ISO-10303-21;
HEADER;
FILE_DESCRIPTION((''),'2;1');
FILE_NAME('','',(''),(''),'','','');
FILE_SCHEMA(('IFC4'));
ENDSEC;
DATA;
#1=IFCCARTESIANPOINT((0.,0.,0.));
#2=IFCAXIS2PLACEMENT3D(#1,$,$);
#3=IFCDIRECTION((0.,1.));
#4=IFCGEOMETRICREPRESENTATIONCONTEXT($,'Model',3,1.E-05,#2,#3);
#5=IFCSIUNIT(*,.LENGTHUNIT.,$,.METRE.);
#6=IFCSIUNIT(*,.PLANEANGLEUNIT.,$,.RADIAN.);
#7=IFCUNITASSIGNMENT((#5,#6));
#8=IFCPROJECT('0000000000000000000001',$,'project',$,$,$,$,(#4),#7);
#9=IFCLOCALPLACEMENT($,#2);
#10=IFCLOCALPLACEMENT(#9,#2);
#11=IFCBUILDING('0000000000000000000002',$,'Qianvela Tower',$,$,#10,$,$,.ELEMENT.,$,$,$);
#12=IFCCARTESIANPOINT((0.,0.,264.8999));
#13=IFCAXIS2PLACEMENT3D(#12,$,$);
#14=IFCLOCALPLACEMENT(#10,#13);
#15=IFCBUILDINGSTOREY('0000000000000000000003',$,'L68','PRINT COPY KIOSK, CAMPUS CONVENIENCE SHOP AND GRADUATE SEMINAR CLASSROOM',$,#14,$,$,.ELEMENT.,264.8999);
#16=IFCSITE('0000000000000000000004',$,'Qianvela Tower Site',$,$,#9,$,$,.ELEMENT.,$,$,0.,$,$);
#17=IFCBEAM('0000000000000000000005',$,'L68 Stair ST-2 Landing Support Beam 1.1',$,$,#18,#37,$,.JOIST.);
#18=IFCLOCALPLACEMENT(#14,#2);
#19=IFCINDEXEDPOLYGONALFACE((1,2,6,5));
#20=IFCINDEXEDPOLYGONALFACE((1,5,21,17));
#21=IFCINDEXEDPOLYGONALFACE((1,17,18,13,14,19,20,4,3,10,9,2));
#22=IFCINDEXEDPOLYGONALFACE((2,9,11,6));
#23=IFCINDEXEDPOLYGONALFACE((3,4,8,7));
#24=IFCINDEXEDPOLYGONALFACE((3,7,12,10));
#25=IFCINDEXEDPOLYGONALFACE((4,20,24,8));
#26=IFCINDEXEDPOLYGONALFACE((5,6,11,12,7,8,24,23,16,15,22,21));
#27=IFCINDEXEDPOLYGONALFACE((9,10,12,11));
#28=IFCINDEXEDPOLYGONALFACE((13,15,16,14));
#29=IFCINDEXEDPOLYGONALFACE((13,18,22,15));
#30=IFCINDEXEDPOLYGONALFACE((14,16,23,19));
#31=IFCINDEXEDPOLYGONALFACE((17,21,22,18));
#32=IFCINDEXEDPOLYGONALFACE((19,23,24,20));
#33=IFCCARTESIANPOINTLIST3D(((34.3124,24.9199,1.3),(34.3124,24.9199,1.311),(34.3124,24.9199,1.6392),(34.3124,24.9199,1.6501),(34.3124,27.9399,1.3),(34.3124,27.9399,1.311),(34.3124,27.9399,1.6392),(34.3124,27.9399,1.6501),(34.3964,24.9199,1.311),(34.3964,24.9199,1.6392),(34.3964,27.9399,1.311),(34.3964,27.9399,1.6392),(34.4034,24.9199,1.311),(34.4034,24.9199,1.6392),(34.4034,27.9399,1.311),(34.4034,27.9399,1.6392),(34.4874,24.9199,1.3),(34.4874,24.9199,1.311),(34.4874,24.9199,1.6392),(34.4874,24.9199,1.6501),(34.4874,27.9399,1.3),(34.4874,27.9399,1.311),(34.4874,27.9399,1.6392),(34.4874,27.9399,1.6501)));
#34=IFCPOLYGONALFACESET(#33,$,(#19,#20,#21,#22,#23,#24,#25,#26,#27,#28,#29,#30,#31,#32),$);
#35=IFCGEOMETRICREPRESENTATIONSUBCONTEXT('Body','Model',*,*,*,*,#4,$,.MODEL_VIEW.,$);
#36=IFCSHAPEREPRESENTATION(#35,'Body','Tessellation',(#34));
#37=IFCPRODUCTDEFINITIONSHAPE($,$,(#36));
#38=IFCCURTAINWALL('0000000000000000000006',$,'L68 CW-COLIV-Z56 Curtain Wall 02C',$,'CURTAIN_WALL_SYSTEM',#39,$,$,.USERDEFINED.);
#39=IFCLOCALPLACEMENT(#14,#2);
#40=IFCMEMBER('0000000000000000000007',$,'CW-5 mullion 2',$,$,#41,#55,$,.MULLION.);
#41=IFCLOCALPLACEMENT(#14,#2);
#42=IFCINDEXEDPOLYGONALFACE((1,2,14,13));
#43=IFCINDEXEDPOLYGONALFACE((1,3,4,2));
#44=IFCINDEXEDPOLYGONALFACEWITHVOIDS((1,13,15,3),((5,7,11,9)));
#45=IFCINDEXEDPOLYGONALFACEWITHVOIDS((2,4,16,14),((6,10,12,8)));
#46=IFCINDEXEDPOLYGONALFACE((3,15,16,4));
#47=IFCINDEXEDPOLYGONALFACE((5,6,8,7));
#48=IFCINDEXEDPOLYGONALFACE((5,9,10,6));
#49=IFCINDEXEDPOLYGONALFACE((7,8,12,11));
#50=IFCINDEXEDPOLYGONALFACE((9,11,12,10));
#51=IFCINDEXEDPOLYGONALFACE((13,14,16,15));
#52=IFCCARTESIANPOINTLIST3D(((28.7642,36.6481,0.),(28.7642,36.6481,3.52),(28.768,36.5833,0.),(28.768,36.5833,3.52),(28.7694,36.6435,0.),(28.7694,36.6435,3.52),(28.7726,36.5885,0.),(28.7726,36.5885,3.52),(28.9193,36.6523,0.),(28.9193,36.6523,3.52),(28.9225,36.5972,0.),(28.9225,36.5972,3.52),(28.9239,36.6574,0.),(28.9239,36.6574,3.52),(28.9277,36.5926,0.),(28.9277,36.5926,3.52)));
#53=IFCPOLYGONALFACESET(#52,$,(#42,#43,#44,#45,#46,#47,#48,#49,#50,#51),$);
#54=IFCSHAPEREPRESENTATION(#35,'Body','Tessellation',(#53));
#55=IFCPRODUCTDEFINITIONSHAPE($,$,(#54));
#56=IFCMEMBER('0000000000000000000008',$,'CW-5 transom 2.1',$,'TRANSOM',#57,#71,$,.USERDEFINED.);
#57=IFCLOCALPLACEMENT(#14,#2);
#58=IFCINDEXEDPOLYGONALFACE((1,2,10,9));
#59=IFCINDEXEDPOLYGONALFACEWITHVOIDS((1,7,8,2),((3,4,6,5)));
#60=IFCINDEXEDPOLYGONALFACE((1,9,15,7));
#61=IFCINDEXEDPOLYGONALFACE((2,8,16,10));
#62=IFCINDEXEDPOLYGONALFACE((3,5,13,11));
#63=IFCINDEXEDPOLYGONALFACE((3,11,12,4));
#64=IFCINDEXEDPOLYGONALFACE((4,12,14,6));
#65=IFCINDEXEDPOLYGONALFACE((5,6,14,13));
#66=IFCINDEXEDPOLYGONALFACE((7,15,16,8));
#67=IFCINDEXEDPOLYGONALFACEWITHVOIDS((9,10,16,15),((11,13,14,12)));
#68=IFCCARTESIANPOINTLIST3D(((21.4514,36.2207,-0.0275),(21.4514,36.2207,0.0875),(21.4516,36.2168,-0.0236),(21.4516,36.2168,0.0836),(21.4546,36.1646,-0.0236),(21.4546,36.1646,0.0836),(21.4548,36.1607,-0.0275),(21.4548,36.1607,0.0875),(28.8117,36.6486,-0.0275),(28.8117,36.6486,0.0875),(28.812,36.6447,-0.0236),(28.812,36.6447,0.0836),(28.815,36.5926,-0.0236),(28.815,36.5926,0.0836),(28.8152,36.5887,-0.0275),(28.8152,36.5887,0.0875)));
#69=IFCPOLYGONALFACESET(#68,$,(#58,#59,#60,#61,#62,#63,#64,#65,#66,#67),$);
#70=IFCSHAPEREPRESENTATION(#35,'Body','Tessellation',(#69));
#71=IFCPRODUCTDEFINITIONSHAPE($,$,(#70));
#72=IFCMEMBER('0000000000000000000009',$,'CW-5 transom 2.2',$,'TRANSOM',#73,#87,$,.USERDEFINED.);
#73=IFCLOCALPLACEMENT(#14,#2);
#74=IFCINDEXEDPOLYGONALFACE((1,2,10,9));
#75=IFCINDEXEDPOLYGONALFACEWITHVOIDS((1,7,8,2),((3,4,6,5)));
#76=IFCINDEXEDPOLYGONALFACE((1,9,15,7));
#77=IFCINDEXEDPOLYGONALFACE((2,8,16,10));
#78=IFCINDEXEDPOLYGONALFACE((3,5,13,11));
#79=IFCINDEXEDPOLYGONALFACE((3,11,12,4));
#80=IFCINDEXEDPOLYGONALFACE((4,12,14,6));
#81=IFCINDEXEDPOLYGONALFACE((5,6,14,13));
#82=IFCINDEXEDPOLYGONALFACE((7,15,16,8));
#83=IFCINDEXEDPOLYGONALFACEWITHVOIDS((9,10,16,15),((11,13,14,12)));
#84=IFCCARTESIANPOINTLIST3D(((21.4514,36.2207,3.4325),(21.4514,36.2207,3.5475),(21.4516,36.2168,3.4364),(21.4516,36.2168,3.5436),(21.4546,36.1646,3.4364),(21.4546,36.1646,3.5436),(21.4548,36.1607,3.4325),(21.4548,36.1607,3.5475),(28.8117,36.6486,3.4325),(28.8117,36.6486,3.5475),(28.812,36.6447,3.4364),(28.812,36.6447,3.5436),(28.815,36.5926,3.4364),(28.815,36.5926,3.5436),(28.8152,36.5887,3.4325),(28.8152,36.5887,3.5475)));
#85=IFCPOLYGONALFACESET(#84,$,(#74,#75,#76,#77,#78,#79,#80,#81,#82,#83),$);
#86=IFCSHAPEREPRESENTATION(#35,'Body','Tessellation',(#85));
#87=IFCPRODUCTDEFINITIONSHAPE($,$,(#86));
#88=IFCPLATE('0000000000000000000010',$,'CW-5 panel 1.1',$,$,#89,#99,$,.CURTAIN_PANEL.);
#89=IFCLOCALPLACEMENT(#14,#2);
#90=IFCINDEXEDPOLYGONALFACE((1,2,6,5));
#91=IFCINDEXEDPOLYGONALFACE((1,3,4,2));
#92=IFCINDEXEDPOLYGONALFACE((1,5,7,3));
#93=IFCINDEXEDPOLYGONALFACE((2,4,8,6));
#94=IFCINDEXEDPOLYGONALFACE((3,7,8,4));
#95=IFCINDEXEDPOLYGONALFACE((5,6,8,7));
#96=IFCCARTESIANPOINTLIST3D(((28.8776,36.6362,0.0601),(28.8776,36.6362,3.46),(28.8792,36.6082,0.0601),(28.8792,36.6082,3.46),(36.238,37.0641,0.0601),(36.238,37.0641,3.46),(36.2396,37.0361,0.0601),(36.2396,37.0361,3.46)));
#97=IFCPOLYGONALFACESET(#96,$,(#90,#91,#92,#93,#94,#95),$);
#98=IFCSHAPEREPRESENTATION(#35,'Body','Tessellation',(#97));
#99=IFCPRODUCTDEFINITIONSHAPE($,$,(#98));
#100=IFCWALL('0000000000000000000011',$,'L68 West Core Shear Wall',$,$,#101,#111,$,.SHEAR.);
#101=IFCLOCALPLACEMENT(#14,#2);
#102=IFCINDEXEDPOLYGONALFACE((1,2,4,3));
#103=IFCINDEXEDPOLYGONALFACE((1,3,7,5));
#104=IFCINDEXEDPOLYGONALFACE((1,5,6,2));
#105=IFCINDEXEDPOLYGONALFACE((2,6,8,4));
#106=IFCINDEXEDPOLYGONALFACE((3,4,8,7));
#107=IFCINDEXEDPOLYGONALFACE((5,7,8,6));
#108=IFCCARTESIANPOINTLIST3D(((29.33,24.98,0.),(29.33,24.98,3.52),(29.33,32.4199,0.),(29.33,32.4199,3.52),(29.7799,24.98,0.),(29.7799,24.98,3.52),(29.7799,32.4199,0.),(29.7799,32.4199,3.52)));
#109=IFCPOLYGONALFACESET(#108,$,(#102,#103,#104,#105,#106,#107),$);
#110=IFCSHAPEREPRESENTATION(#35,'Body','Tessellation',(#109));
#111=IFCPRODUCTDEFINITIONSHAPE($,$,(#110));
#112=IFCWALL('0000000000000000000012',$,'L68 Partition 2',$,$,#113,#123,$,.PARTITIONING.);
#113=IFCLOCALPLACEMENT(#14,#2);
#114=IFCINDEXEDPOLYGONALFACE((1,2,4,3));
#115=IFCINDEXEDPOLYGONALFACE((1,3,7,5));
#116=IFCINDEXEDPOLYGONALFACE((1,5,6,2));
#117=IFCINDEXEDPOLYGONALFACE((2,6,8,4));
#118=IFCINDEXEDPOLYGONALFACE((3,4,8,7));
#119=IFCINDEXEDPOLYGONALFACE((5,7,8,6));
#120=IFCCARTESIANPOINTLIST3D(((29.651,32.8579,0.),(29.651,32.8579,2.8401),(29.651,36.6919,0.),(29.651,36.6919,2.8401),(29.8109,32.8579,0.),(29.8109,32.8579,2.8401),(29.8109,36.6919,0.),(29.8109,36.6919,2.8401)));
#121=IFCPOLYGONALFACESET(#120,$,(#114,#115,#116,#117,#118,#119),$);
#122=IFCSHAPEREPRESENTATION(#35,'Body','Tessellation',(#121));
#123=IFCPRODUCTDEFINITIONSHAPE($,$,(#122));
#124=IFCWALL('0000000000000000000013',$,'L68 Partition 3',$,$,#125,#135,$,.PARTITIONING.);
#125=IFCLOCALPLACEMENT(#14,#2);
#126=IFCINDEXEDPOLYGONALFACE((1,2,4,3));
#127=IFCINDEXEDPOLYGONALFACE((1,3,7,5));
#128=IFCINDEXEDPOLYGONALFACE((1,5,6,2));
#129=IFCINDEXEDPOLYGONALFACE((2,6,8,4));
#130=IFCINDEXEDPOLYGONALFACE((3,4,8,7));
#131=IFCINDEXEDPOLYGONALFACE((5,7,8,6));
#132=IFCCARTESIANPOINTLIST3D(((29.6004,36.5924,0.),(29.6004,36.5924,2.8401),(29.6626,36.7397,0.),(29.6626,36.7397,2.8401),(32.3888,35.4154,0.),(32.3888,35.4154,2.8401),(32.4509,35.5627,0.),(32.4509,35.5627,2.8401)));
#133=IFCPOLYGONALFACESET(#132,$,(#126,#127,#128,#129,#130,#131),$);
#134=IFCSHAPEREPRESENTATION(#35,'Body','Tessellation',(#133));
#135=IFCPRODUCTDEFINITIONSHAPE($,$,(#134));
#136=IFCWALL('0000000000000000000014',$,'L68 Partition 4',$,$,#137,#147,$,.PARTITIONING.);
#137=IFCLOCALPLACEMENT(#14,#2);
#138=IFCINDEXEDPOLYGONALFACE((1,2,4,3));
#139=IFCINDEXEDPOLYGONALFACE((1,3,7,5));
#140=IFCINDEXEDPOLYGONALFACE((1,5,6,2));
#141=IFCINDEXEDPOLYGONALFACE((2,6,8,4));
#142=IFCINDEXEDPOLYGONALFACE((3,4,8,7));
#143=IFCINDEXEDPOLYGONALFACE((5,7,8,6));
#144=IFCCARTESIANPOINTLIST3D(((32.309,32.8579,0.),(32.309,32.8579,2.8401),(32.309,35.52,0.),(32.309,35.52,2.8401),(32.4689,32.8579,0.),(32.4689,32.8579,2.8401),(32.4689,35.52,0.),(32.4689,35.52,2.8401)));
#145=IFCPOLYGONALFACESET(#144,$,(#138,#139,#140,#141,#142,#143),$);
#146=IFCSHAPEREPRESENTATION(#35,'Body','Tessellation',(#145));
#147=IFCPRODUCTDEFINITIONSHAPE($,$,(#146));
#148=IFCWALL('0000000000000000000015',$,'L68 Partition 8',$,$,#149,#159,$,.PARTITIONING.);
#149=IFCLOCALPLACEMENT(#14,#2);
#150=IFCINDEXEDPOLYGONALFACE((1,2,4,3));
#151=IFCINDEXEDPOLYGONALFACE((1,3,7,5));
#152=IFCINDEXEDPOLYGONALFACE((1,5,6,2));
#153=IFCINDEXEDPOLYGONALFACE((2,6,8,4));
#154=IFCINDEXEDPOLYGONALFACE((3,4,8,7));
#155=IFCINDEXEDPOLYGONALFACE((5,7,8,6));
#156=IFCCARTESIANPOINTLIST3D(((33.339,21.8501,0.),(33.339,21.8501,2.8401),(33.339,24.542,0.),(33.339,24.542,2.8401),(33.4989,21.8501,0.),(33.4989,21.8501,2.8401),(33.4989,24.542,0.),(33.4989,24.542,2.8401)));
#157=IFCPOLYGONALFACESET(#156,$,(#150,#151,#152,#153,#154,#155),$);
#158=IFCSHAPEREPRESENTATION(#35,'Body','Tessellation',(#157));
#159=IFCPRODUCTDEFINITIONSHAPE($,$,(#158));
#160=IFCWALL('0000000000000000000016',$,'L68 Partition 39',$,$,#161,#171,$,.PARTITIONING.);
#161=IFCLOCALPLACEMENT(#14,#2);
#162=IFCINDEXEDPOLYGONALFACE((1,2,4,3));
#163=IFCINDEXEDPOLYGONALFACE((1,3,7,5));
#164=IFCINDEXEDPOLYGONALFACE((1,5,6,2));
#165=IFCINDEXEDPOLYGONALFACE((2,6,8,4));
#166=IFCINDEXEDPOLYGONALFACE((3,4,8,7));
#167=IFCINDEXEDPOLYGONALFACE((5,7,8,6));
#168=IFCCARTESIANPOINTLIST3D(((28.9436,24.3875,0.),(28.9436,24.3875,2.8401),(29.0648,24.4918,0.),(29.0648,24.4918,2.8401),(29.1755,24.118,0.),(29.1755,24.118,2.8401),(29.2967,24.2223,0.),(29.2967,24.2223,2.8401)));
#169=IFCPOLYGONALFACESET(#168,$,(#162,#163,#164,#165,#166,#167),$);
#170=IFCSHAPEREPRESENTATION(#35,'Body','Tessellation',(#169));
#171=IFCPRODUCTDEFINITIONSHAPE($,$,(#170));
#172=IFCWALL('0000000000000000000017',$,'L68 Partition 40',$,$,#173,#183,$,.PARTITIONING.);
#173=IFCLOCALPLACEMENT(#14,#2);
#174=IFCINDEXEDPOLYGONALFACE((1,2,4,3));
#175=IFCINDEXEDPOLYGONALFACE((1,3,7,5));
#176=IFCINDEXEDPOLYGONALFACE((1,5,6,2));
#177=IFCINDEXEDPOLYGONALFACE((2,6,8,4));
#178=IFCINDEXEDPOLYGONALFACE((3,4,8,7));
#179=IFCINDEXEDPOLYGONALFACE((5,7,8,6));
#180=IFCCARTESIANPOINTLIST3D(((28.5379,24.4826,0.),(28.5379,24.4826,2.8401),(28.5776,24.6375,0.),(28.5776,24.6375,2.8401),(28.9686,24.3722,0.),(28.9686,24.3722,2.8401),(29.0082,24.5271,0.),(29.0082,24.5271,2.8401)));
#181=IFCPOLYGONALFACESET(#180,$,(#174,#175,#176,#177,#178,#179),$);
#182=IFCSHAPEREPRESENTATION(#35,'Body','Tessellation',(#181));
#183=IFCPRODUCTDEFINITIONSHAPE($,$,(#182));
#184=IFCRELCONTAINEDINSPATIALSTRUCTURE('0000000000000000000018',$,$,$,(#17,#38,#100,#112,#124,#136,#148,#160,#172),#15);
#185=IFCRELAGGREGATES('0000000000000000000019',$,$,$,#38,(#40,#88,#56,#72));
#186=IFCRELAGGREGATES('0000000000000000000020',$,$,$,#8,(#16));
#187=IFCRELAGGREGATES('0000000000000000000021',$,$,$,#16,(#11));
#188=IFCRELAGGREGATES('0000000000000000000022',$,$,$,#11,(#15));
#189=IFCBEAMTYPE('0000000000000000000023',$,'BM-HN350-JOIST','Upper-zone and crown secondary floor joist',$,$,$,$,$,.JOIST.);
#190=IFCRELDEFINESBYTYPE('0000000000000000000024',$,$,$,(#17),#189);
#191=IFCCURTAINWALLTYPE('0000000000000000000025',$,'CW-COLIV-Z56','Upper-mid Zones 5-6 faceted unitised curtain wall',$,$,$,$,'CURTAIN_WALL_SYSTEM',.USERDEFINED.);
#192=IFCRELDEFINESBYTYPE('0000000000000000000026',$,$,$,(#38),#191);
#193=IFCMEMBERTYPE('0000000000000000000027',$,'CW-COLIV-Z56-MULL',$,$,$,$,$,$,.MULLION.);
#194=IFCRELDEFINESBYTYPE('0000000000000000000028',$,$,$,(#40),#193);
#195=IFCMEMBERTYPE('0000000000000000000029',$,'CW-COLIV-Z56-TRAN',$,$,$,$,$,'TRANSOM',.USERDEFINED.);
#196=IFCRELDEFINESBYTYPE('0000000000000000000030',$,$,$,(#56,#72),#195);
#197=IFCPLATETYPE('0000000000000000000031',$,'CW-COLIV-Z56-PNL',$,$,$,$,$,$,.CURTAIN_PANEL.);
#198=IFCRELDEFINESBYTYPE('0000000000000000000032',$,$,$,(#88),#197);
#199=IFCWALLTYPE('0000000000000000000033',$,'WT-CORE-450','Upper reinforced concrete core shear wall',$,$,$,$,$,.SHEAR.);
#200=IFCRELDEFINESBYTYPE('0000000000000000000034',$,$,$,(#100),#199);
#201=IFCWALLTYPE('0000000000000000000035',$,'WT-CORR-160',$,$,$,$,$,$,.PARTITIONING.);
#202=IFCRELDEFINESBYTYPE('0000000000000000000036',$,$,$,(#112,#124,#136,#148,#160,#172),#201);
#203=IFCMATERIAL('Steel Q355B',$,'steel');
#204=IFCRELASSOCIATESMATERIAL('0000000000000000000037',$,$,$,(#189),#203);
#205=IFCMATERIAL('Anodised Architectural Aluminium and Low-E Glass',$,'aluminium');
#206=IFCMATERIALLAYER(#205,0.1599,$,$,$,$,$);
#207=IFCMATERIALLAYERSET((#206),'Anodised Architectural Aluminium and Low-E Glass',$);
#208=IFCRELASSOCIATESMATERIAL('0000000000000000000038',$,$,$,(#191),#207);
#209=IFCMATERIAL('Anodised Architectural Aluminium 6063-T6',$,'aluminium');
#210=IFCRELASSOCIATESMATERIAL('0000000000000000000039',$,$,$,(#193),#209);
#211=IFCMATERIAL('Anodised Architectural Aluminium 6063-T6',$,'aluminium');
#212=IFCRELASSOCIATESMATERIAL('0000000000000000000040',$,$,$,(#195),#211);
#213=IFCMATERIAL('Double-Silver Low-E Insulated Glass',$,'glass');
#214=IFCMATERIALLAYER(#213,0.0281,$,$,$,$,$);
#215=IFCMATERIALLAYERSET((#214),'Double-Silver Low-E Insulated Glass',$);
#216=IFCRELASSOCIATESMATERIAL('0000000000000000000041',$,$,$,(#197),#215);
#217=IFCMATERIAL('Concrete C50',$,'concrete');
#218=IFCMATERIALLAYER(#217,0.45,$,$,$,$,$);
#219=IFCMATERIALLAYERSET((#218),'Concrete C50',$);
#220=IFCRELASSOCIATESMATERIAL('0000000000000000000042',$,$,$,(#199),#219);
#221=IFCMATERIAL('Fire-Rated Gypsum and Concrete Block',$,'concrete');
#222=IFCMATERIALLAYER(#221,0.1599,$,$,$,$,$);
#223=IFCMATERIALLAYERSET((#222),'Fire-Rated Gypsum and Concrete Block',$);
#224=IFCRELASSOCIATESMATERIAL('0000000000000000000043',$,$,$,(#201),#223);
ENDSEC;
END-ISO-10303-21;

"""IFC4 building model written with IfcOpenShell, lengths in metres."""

from ifc_helpers import new_model, si_unit, direction, frame, frame_2d, origin, origin_2d, place, context, subcontext, project, spatial, rectangle, hollow_rectangle, i_section, extrude, material, layer, layer_set, material_profile, profile_set, type_object, element, aggregate, save


model = new_model("IFC4")

# Units and contexts
model_context = context("Model", 3, precision=1e-05, world=origin(), true_north=direction((0.0, 1.0)))
body_context = subcontext(model_context, "Body", "Model", "MODEL_VIEW")
ifc_project = project(units=[si_unit("LENGTHUNIT", "METRE"), si_unit("PLANEANGLEUNIT", "RADIAN")], contexts=[model_context])

# Site, building, storey
site_placement = place(None, origin())
site = spatial("IfcSite", under=ifc_project, at=site_placement, Name="Qianvela Tower Site", CompositionType="ELEMENT", RefElevation=0.0)
building_placement = place(site_placement, origin())
building = spatial("IfcBuilding", under=site, at=building_placement, Name="Qianvela Tower", CompositionType="ELEMENT")
storey_placement = place(building_placement, frame((0.0, 0.0, 264.8999)))
storey = spatial("IfcBuildingStorey", under=building, at=storey_placement, Name="L68", Description="PRINT COPY KIOSK, CAMPUS CONVENIENCE SHOP AND GRADUATE SEMINAR CLASSROOM", CompositionType="ELEMENT", Elevation=264.8999)

# Beam
ifc_material_1 = material(Name="Steel Q355B", Category="steel")
ifc_material_profile_1 = material_profile(ifc_material_1, i_section(OverallWidth=0.175, OverallDepth=0.3501, WebThickness=0.0071, FlangeThickness=0.011, at=origin_2d()), Name="HN350x175x7x11")
ifc_profile_set_1 = profile_set([ifc_material_profile_1], Name="Steel Q355B")
beam_type = type_object("IfcBeamType", Name="BM-HN350-JOIST", Description="Upper-zone and crown secondary floor joist", PredefinedType="JOIST", material=ifc_profile_set_1)
beam_placement = place(storey_placement, frame((34.3999, 24.9199, 1.4751), z_axis=(0.0, 1.0, 0.0), x_axis=(-1.0, 0.0, 0.0)))
element("IfcBeam", 1, at=beam_placement, inside=storey, type_object=beam_type, Name="L68 Stair ST-2 Landing Support Beam 1.1", PredefinedType="JOIST", context=body_context, shape_type="SweptSolid", body=[
    extrude(i_section(OverallWidth=0.175, OverallDepth=0.3501, WebThickness=0.0071, FlangeThickness=0.011, at=origin_2d()), origin(), (0.0, 0.0, 1.0), 3.02),
])

# Curtain wall, members, plate
ifc_material_2 = material(Name="Anodised Architectural Aluminium and Low-E Glass", Category="aluminium")
ifc_layer_1 = layer(ifc_material_2, 0.1599)
ifc_layer_set_1 = layer_set([ifc_layer_1], Name="Anodised Architectural Aluminium and Low-E Glass")
curtain_wall_type = type_object("IfcCurtainWallType", Name="CW-COLIV-Z56", Description="Upper-mid Zones 5-6 faceted unitised curtain wall", ElementType="CURTAIN_WALL_SYSTEM", PredefinedType="USERDEFINED", material=ifc_layer_set_1)
curtain_wall_placement = place(storey_placement, origin())
curtain_wall = element("IfcCurtainWall", 2, at=curtain_wall_placement, inside=storey, type_object=curtain_wall_type, Name="L68 CW-COLIV-Z56 Curtain Wall 02C", ObjectType="CURTAIN_WALL_SYSTEM", PredefinedType="USERDEFINED")
ifc_material_3 = material(Name="Anodised Architectural Aluminium 6063-T6", Category="aluminium")
ifc_material_profile_2 = material_profile(ifc_material_3, hollow_rectangle(XDim=0.0649, YDim=0.1599, WallThickness=0.0049, at=origin_2d()), Name="ALU-MULL-65x160")
ifc_profile_set_2 = profile_set([ifc_material_profile_2], Name="Anodised Architectural Aluminium 6063-T6")
member_type_1 = type_object("IfcMemberType", Name="CW-COLIV-Z56-MULL", PredefinedType="MULLION", material=ifc_profile_set_2)
member_1_placement = place(storey_placement, frame((28.8459, 36.6204, 0.0), z_axis=(0.0, 0.0, 1.0), x_axis=(0.058037, -0.998314, 0.0)))
member_1 = element("IfcMember", 3, at=member_1_placement, type_object=member_type_1, Name="CW-5 mullion 2", PredefinedType="MULLION", context=body_context, shape_type="SweptSolid", body=[
    extrude(hollow_rectangle(XDim=0.0649, YDim=0.1599, WallThickness=0.0049, at=origin_2d()), origin(), (0.0, 0.0, 1.0), 3.52),
])
ifc_material_4 = material(Name="Anodised Architectural Aluminium 6063-T6", Category="aluminium")
ifc_material_profile_3 = material_profile(ifc_material_4, hollow_rectangle(XDim=0.0601, YDim=0.115, WallThickness=0.0039, at=origin_2d()), Name="ALU-TRAN-60x115")
ifc_profile_set_3 = profile_set([ifc_material_profile_3], Name="Anodised Architectural Aluminium 6063-T6")
member_type_2 = type_object("IfcMemberType", Name="CW-COLIV-Z56-TRAN", ElementType="TRANSOM", PredefinedType="USERDEFINED", material=ifc_profile_set_3)
member_2_placement = place(storey_placement, frame((28.8135, 36.6187, 0.03), z_axis=(-0.998314, -0.058048, 0.0), x_axis=(0.058048, -0.998314, 0.0)))
member_2 = element("IfcMember", 4, at=member_2_placement, type_object=member_type_2, Name="CW-5 transom 2.1", ObjectType="TRANSOM", PredefinedType="USERDEFINED", context=body_context, shape_type="SweptSolid", body=[
    extrude(hollow_rectangle(XDim=0.0601, YDim=0.115, WallThickness=0.0039, at=origin_2d()), origin(), (0.0, 0.0, 1.0), 7.3728),
])
member_3_placement = place(storey_placement, frame((28.8135, 36.6187, 3.49), z_axis=(-0.998314, -0.058048, 0.0), x_axis=(0.058048, -0.998314, 0.0)))
member_3 = element("IfcMember", 5, at=member_3_placement, type_object=member_type_2, Name="CW-5 transom 2.2", ObjectType="TRANSOM", PredefinedType="USERDEFINED", context=body_context, shape_type="SweptSolid", body=[
    extrude(hollow_rectangle(XDim=0.0601, YDim=0.115, WallThickness=0.0039, at=origin_2d()), origin(), (0.0, 0.0, 1.0), 7.3728),
])
ifc_material_5 = material(Name="Double-Silver Low-E Insulated Glass", Category="glass")
ifc_layer_2 = layer(ifc_material_5, 0.0281)
ifc_layer_set_2 = layer_set([ifc_layer_2], Name="Double-Silver Low-E Insulated Glass")
plate_type = type_object("IfcPlateType", Name="CW-COLIV-Z56-PNL", PredefinedType="CURTAIN_PANEL", material=ifc_layer_set_2)
plate_placement = place(storey_placement, frame((32.5586, 36.8362, 0.0601), z_axis=(0.0, 0.0, 1.0), x_axis=(-0.998314, -0.058037, 0.0)))
plate = element("IfcPlate", 6, at=plate_placement, type_object=plate_type, Name="CW-5 panel 1.1", PredefinedType="CURTAIN_PANEL", context=body_context, shape_type="SweptSolid", body=[
    extrude(rectangle(XDim=7.3728, YDim=0.0281, at=origin_2d()), origin(), (0.0, 0.0, 1.0), 3.3999),
])
aggregate(curtain_wall, [member_1, plate, member_2, member_3])

# Shared definitions
ifc_material_6 = material(Name="Concrete C50", Category="concrete")
ifc_layer_3 = layer(ifc_material_6, 0.45)
ifc_layer_set_3 = layer_set([ifc_layer_3], Name="Concrete C50")
wall_type_1 = type_object("IfcWallType", Name="WT-CORE-450", Description="Upper reinforced concrete core shear wall", PredefinedType="SHEAR", material=ifc_layer_set_3)

# Walls
wall_1_placement = place(storey_placement, frame((29.5549, 24.98, 0.0), z_axis=(0.0, 0.0, 1.0), x_axis=(0.0, 1.0, 0.0)))
element("IfcWall", 7, at=wall_1_placement, inside=storey, type_object=wall_type_1, Name="L68 West Core Shear Wall", PredefinedType="SHEAR", context=body_context, shape_type="SweptSolid", body=[
    extrude(rectangle(XDim=7.4399, YDim=0.45, at=frame_2d((3.72, 0.0))), origin(), (0.0, 0.0, 1.0), 3.52),
])
ifc_material_7 = material(Name="Fire-Rated Gypsum and Concrete Block", Category="concrete")
ifc_layer_4 = layer(ifc_material_7, 0.1599)
ifc_layer_set_4 = layer_set([ifc_layer_4], Name="Fire-Rated Gypsum and Concrete Block")
wall_type_2 = type_object("IfcWallType", Name="WT-CORR-160", PredefinedType="PARTITIONING", material=ifc_layer_set_4)
wall_2_placement = place(storey_placement, frame((29.731, 32.8579, 0.0), z_axis=(0.0, 0.0, 1.0), x_axis=(0.0, 1.0, 0.0)))
element("IfcWall", 8, at=wall_2_placement, inside=storey, type_object=wall_type_2, Name="L68 Partition 2", PredefinedType="PARTITIONING", context=body_context, shape_type="SweptSolid", body=[
    extrude(rectangle(XDim=3.834, YDim=0.1599, at=frame_2d((1.917, 0.0))), origin(), (0.0, 0.0, 1.0), 2.8401),
])
wall_3_placement = place(storey_placement, frame((29.6316, 36.666, 0.0), z_axis=(0.0, 0.0, 1.0), x_axis=(0.921284, -0.38889, 0.0)))
element("IfcWall", 9, at=wall_3_placement, inside=storey, type_object=wall_type_2, Name="L68 Partition 3", PredefinedType="PARTITIONING", context=body_context, shape_type="SweptSolid", body=[
    extrude(rectangle(XDim=3.0266, YDim=0.1599, at=frame_2d((1.5132, 0.0))), origin(), (0.0, 0.0, 1.0), 2.8401),
])
wall_4_placement = place(storey_placement, frame((32.3889, 35.52, 0.0), z_axis=(0.0, 0.0, 1.0), x_axis=(0.0, -1.0, 0.0)))
element("IfcWall", 10, at=wall_4_placement, inside=storey, type_object=wall_type_2, Name="L68 Partition 4", PredefinedType="PARTITIONING", context=body_context, shape_type="SweptSolid", body=[
    extrude(rectangle(XDim=2.6621, YDim=0.1599, at=frame_2d((1.3311, 0.0))), origin(), (0.0, 0.0, 1.0), 2.8401),
])
wall_5_placement = place(storey_placement, frame((33.4189, 24.542, 0.0), z_axis=(0.0, 0.0, 1.0), x_axis=(0.0, -1.0, 0.0)))
element("IfcWall", 11, at=wall_5_placement, inside=storey, type_object=wall_type_2, Name="L68 Partition 8", PredefinedType="PARTITIONING", context=body_context, shape_type="SweptSolid", body=[
    extrude(rectangle(XDim=2.6919, YDim=0.1599, at=frame_2d((1.3459, 0.0))), origin(), (0.0, 0.0, 1.0), 2.8401),
])
wall_6_placement = place(storey_placement, frame((29.2361, 24.1702, 0.0), z_axis=(0.0, 0.0, 1.0), x_axis=(-0.65226, 0.757995, 0.0)))
element("IfcWall", 12, at=wall_6_placement, inside=storey, type_object=wall_type_2, Name="L68 Partition 39", PredefinedType="PARTITIONING", context=body_context, shape_type="SweptSolid", body=[
    extrude(rectangle(XDim=0.3555, YDim=0.1599, at=frame_2d((0.1777, 0.0))), origin(), (0.0, 0.0, 1.0), 2.8401),
])
wall_7_placement = place(storey_placement, frame((28.9883, 24.4497, 0.0), z_axis=(0.0, 0.0, 1.0), x_axis=(-0.968705, 0.248217, 0.0)))
element("IfcWall", 13, at=wall_7_placement, inside=storey, type_object=wall_type_2, Name="L68 Partition 40", PredefinedType="PARTITIONING", context=body_context, shape_type="SweptSolid", body=[
    extrude(rectangle(XDim=0.4446, YDim=0.1599, at=frame_2d((0.2222, 0.0))), origin(), (0.0, 0.0, 1.0), 2.8401),
])

save(model, "model.ifc")
